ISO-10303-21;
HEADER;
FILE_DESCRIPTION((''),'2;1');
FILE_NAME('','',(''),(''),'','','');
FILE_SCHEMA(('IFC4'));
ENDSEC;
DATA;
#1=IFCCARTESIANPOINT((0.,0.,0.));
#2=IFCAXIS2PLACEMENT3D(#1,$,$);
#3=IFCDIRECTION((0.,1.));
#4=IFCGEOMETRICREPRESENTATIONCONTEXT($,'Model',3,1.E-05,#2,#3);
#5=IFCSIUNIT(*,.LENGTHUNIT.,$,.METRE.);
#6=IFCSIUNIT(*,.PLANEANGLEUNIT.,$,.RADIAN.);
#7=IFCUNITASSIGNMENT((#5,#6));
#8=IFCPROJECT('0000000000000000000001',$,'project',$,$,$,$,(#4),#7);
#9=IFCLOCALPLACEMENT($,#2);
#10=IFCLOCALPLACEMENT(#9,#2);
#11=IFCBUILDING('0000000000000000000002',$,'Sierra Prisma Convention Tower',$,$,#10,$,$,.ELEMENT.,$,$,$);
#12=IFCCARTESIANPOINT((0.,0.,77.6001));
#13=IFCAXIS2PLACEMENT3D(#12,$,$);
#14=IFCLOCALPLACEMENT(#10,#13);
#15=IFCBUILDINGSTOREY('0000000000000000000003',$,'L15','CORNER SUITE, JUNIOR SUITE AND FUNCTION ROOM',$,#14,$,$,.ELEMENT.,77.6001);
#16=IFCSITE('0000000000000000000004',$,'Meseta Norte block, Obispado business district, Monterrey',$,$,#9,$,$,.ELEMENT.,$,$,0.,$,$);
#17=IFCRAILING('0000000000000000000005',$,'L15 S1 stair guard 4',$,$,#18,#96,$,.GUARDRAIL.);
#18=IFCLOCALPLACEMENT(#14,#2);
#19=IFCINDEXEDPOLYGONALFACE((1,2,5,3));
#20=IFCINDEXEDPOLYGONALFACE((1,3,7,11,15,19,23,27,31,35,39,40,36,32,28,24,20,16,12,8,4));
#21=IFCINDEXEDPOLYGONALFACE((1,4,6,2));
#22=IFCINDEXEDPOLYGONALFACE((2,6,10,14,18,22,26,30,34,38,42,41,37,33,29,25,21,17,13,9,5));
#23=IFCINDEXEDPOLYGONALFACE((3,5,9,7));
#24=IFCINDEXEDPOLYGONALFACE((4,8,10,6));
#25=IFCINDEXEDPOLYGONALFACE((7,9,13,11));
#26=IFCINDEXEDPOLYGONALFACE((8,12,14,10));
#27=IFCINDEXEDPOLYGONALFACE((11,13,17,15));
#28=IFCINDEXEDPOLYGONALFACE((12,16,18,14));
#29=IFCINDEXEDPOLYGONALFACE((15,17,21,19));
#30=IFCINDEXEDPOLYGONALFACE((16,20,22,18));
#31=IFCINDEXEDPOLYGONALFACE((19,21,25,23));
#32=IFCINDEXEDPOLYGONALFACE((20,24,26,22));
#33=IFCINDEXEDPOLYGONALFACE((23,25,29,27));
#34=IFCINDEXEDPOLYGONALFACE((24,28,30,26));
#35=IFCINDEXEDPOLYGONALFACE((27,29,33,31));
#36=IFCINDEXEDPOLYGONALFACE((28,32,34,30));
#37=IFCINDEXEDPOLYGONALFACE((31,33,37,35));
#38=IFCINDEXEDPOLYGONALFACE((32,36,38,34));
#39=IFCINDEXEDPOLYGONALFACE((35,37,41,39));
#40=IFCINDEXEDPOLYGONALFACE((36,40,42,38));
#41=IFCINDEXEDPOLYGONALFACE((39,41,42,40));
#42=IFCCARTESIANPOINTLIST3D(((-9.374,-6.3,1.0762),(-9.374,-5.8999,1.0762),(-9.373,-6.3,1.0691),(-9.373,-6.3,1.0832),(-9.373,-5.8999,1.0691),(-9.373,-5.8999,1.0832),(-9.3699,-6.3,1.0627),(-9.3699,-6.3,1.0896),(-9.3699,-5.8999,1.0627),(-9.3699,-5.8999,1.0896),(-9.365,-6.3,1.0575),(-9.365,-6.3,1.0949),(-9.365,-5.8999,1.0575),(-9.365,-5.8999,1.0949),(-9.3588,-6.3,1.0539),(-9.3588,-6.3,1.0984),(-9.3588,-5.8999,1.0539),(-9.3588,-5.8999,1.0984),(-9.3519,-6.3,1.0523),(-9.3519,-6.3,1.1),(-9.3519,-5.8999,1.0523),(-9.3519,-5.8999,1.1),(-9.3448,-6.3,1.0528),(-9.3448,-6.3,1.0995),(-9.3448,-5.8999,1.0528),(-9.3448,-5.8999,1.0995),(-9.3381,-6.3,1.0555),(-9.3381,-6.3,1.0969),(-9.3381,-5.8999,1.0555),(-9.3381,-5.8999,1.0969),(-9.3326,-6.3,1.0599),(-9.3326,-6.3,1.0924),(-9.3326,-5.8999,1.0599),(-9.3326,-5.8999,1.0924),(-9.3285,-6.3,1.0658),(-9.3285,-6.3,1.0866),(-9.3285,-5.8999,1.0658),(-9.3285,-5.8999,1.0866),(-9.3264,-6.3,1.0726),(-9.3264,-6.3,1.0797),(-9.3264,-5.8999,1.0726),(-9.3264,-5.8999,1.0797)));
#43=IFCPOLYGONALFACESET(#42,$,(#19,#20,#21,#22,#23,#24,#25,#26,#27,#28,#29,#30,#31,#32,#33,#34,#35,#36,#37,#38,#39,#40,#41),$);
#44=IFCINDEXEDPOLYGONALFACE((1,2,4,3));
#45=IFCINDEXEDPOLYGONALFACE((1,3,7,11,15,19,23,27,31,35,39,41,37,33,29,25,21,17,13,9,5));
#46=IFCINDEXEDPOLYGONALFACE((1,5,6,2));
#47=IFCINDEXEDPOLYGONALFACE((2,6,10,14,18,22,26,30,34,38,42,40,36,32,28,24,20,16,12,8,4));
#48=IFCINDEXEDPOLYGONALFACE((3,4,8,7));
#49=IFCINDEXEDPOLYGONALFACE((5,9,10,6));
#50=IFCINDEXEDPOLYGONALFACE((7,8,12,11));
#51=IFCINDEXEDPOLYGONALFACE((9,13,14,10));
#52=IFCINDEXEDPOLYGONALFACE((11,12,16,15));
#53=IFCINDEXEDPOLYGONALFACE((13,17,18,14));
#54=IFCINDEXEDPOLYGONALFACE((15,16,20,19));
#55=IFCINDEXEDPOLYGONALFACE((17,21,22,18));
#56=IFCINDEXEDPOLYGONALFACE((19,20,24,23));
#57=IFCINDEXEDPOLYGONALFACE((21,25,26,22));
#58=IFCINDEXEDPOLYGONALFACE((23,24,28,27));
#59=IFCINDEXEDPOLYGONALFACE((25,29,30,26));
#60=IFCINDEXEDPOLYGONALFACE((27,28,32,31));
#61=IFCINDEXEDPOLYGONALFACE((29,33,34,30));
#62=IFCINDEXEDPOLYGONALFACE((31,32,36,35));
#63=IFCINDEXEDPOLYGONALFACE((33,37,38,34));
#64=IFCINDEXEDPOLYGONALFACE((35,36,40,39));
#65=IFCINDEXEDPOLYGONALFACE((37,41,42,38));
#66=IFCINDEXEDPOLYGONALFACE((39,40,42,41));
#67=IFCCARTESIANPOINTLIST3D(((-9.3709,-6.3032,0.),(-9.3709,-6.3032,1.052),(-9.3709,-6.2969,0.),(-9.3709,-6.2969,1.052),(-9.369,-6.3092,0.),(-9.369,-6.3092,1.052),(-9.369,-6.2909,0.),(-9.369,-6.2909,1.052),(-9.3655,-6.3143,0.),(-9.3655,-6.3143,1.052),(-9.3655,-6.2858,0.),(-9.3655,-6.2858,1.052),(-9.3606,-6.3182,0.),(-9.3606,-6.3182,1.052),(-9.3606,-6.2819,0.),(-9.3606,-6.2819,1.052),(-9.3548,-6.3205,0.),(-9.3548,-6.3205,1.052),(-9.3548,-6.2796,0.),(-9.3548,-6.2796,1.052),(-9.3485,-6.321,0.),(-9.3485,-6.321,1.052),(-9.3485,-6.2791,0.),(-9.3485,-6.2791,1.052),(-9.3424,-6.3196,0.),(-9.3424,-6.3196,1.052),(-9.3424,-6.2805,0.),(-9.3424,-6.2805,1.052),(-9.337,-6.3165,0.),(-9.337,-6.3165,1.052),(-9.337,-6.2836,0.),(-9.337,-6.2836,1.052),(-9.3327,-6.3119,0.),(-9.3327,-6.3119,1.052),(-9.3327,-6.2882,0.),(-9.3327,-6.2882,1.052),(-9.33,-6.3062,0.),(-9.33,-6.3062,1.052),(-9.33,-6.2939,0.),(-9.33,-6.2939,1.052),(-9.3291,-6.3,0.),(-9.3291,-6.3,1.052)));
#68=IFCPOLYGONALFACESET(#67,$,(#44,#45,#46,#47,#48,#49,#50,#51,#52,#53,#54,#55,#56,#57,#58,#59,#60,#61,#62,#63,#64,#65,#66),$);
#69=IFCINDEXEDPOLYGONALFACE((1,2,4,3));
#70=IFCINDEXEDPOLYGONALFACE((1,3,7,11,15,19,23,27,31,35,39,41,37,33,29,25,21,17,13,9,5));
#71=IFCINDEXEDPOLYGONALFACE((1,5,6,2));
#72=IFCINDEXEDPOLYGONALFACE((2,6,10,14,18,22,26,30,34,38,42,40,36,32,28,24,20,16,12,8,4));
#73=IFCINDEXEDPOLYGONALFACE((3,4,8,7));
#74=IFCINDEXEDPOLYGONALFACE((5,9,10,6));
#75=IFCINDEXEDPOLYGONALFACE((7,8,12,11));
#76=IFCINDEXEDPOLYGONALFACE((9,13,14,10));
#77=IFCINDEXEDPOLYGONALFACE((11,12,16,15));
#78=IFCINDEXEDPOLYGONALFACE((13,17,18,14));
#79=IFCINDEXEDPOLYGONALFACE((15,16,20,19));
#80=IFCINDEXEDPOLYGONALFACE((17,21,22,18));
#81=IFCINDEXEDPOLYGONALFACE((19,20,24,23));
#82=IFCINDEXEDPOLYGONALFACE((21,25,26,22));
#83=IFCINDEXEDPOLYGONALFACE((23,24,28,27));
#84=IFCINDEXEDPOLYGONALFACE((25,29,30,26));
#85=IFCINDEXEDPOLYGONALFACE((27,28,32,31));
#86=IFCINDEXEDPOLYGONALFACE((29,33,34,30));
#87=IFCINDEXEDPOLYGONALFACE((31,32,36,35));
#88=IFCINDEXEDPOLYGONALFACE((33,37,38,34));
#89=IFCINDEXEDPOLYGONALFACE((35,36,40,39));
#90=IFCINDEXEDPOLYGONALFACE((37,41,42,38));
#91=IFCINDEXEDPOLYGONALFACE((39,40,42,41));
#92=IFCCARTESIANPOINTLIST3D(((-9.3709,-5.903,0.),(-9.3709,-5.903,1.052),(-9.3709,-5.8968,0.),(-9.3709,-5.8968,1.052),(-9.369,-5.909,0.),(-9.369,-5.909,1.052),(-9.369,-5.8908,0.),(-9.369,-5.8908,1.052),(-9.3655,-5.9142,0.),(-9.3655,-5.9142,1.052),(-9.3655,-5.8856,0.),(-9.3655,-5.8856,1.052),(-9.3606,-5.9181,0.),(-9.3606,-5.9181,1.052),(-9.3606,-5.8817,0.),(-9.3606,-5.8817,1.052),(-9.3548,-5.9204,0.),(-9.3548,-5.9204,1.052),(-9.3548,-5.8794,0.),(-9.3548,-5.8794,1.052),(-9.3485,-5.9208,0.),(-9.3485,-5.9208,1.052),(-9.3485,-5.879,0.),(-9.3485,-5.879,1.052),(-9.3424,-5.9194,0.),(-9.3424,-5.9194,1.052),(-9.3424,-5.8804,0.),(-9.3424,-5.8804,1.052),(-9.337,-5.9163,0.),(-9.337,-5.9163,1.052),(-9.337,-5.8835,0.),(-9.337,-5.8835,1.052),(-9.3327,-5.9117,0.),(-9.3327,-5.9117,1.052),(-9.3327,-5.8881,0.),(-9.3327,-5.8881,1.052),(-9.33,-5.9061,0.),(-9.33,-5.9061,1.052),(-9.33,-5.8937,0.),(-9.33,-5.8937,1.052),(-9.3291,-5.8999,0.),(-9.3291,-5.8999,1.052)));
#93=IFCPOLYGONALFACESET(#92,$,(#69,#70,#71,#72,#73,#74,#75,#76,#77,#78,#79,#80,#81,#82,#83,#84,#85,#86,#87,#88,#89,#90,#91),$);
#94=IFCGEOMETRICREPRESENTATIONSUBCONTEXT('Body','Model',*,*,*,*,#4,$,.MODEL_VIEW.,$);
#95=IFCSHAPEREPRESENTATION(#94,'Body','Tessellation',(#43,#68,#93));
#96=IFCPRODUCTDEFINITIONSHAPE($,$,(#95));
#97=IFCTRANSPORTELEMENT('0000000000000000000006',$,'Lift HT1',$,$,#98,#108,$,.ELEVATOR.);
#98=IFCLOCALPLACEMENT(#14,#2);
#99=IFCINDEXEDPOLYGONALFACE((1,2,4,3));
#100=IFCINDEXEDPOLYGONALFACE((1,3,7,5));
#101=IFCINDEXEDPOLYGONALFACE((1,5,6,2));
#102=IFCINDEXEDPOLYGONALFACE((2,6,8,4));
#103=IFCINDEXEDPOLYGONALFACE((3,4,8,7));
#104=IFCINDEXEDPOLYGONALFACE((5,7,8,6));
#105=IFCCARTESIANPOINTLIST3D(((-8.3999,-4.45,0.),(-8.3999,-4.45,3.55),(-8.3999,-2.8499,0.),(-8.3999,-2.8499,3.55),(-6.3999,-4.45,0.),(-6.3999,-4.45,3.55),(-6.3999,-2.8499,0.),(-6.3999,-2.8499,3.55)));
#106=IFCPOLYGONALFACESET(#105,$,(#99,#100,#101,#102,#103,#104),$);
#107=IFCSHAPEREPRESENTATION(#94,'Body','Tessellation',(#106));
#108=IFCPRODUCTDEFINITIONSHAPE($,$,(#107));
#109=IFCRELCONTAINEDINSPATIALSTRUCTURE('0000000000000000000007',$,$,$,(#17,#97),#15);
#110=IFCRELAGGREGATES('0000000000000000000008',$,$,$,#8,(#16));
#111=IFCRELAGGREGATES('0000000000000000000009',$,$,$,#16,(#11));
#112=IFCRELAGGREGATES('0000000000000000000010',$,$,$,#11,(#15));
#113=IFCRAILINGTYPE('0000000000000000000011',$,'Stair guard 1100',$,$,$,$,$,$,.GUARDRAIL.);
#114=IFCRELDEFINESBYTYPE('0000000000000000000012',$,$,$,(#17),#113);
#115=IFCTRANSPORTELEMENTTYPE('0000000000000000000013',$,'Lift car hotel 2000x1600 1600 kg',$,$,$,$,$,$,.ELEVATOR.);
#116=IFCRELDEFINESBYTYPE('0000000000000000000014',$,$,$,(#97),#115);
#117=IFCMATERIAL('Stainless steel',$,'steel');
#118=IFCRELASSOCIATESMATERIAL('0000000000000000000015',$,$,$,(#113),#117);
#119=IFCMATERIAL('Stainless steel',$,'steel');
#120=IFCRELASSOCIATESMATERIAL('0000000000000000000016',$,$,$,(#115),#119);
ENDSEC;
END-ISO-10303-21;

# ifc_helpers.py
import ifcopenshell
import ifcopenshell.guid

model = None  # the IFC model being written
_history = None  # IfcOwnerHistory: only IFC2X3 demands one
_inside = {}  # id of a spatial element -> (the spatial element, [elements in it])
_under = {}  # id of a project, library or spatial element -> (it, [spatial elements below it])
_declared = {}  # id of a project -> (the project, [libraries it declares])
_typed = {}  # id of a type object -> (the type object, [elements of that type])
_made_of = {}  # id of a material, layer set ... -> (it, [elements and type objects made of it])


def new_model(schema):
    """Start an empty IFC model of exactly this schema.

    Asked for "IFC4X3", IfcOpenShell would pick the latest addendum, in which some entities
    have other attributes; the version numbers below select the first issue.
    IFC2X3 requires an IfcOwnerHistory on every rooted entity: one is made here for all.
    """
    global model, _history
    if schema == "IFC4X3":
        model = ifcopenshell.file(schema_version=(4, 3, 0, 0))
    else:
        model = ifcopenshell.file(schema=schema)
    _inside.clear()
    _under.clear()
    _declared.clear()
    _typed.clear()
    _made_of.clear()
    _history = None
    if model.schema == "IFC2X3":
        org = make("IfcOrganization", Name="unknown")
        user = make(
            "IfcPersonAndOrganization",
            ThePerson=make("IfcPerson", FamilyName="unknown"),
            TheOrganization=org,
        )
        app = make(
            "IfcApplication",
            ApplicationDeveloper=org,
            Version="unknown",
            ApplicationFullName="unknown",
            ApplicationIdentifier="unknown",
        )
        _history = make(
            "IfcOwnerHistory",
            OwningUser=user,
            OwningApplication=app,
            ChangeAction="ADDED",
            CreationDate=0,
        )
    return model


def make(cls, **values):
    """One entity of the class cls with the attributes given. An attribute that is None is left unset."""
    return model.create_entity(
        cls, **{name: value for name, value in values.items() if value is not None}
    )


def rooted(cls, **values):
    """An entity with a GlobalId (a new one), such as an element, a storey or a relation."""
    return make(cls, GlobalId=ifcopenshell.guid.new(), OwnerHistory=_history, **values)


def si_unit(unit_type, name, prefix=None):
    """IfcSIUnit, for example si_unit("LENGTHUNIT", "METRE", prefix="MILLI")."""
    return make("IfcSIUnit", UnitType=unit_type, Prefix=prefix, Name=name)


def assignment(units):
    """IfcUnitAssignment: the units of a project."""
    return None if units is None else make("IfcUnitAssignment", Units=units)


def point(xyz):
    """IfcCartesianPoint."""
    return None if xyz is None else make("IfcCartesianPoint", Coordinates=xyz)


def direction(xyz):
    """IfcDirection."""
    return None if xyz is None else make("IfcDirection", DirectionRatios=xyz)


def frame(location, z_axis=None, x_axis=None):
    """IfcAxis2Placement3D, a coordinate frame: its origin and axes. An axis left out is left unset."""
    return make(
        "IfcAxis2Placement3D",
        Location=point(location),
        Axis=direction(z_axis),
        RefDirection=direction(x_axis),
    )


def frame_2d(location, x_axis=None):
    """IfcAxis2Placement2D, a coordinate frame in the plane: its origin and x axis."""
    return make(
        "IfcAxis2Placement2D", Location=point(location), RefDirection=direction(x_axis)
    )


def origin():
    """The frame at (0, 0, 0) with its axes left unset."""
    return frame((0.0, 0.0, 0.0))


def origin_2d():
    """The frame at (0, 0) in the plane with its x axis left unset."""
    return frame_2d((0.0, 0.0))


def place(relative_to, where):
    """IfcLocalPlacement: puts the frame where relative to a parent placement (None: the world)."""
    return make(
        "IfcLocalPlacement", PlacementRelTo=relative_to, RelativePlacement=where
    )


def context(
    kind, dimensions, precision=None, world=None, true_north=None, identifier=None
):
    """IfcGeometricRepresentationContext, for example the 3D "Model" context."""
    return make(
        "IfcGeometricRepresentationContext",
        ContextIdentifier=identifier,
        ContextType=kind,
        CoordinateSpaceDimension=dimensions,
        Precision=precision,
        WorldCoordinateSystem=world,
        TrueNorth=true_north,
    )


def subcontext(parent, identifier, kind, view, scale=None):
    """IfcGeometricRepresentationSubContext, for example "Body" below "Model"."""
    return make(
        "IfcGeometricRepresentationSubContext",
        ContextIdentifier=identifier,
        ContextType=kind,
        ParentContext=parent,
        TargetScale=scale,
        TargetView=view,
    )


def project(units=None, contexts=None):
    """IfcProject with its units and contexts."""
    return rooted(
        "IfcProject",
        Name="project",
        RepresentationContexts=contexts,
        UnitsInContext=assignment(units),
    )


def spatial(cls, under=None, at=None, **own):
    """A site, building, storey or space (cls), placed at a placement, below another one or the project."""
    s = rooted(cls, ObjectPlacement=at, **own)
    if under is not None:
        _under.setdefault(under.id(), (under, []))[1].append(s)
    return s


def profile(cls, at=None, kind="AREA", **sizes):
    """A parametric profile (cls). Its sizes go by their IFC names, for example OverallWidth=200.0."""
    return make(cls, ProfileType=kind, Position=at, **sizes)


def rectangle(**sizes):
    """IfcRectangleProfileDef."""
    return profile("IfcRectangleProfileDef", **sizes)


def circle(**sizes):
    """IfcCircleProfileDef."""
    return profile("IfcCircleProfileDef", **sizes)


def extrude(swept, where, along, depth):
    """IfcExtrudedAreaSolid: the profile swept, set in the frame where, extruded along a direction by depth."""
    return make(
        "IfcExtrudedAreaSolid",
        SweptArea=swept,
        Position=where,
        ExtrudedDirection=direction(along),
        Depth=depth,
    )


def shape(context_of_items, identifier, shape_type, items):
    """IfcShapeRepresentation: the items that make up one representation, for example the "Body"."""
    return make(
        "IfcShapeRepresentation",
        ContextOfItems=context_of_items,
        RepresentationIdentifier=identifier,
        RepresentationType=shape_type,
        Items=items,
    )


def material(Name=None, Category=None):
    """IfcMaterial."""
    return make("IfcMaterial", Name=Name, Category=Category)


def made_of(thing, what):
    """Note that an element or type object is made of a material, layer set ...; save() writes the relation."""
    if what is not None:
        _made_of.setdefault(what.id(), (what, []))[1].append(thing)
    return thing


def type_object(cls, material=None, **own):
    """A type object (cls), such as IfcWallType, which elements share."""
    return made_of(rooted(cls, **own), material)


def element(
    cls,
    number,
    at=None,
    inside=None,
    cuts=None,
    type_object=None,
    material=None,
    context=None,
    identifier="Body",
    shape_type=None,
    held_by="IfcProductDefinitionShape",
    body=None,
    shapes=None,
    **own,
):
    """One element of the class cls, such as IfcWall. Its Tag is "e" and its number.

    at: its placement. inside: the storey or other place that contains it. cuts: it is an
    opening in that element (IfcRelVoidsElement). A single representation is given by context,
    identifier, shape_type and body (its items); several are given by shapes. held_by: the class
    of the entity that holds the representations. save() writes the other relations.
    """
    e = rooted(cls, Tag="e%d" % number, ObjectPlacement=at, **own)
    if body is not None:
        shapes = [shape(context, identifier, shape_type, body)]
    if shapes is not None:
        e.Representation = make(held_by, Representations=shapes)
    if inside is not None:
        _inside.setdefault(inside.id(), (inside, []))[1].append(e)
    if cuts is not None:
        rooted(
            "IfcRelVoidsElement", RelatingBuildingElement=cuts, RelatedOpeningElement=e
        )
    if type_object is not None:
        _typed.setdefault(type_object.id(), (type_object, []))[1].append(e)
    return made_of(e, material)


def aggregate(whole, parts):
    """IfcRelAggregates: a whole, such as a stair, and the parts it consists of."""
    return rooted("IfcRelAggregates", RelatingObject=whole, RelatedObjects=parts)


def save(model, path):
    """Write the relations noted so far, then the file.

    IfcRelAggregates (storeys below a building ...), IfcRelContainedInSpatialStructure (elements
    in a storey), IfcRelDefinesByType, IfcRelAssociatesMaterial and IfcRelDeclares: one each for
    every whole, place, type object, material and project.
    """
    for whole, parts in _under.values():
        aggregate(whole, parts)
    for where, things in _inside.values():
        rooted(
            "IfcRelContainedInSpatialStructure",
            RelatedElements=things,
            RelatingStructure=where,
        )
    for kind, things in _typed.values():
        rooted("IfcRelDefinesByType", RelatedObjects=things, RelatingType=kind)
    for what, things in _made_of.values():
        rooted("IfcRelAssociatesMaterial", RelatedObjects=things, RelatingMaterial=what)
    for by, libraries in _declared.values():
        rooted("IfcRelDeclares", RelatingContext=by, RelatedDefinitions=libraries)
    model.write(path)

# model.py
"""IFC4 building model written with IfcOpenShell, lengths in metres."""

from ifc_helpers import new_model, si_unit, direction, frame, origin, origin_2d, place, context, subcontext, project, spatial, rectangle, circle, extrude, material, type_object, element, save


model = new_model("IFC4")

# Units and contexts
model_context = context("Model", 3, precision=1e-05, world=origin(), true_north=direction((0.0, 1.0)))
body_context = subcontext(model_context, "Body", "Model", "MODEL_VIEW")
ifc_project = project(units=[si_unit("LENGTHUNIT", "METRE"), si_unit("PLANEANGLEUNIT", "RADIAN")], contexts=[model_context])

# Site, building, storey
site_placement = place(None, origin())
site = spatial("IfcSite", under=ifc_project, at=site_placement, Name="Meseta Norte block, Obispado business district, Monterrey", CompositionType="ELEMENT", RefElevation=0.0)
building_placement = place(site_placement, origin())
building = spatial("IfcBuilding", under=site, at=building_placement, Name="Sierra Prisma Convention Tower", CompositionType="ELEMENT")
storey_placement = place(building_placement, frame((0.0, 0.0, 77.6001)))
storey = spatial("IfcBuildingStorey", under=building, at=storey_placement, Name="L15", Description="CORNER SUITE, JUNIOR SUITE AND FUNCTION ROOM", CompositionType="ELEMENT", Elevation=77.6001)

# Railing
ifc_material_1 = material(Name="Stainless steel", Category="steel")
railing_type_1 = type_object("IfcRailingType", Name="Stair guard 1100", PredefinedType="GUARDRAIL", material=ifc_material_1)
railing_1_placement = place(storey_placement, frame((-9.3501, -6.3, 0.0)))
element("IfcRailing", 1, at=railing_1_placement, inside=storey, type_object=railing_type_1, Name="L15 S1 stair guard 4", PredefinedType="GUARDRAIL", context=body_context, shape_type="SweptSolid", body=[
    extrude(circle(Radius=0.0239, at=origin_2d()), frame((0.0, 0.0, 1.0762), z_axis=(0.0, 1.0, 0.0), x_axis=(-1.0, 0.0, 0.0)), (0.0, 0.0, 1.0), 0.4001),
    extrude(circle(Radius=0.021, at=origin_2d()), origin(), (0.0, 0.0, 1.0), 1.052),
    extrude(circle(Radius=0.021, at=origin_2d()), frame((0.0, 0.4001, 0.0)), (0.0, 0.0, 1.0), 1.052),
])

# Transport element
ifc_material_2 = material(Name="Stainless steel", Category="steel")
transport_element_type = type_object("IfcTransportElementType", Name="Lift car hotel 2000x1600 1600 kg", PredefinedType="ELEVATOR", material=ifc_material_2)
transport_element_placement = place(storey_placement, frame((-7.3999, -3.6499, 0.0), z_axis=(0.0, 0.0, 1.0), x_axis=(1.0, 0.0, 0.0)))
element("IfcTransportElement", 2, at=transport_element_placement, inside=storey, type_object=transport_element_type, Name="Lift HT1", PredefinedType="ELEVATOR", context=body_context, shape_type="SweptSolid", body=[
    extrude(rectangle(XDim=2.0, YDim=1.6001, at=origin_2d()), origin(), (0.0, 0.0, 1.0), 3.55),
])

save(model, "model.ifc")
